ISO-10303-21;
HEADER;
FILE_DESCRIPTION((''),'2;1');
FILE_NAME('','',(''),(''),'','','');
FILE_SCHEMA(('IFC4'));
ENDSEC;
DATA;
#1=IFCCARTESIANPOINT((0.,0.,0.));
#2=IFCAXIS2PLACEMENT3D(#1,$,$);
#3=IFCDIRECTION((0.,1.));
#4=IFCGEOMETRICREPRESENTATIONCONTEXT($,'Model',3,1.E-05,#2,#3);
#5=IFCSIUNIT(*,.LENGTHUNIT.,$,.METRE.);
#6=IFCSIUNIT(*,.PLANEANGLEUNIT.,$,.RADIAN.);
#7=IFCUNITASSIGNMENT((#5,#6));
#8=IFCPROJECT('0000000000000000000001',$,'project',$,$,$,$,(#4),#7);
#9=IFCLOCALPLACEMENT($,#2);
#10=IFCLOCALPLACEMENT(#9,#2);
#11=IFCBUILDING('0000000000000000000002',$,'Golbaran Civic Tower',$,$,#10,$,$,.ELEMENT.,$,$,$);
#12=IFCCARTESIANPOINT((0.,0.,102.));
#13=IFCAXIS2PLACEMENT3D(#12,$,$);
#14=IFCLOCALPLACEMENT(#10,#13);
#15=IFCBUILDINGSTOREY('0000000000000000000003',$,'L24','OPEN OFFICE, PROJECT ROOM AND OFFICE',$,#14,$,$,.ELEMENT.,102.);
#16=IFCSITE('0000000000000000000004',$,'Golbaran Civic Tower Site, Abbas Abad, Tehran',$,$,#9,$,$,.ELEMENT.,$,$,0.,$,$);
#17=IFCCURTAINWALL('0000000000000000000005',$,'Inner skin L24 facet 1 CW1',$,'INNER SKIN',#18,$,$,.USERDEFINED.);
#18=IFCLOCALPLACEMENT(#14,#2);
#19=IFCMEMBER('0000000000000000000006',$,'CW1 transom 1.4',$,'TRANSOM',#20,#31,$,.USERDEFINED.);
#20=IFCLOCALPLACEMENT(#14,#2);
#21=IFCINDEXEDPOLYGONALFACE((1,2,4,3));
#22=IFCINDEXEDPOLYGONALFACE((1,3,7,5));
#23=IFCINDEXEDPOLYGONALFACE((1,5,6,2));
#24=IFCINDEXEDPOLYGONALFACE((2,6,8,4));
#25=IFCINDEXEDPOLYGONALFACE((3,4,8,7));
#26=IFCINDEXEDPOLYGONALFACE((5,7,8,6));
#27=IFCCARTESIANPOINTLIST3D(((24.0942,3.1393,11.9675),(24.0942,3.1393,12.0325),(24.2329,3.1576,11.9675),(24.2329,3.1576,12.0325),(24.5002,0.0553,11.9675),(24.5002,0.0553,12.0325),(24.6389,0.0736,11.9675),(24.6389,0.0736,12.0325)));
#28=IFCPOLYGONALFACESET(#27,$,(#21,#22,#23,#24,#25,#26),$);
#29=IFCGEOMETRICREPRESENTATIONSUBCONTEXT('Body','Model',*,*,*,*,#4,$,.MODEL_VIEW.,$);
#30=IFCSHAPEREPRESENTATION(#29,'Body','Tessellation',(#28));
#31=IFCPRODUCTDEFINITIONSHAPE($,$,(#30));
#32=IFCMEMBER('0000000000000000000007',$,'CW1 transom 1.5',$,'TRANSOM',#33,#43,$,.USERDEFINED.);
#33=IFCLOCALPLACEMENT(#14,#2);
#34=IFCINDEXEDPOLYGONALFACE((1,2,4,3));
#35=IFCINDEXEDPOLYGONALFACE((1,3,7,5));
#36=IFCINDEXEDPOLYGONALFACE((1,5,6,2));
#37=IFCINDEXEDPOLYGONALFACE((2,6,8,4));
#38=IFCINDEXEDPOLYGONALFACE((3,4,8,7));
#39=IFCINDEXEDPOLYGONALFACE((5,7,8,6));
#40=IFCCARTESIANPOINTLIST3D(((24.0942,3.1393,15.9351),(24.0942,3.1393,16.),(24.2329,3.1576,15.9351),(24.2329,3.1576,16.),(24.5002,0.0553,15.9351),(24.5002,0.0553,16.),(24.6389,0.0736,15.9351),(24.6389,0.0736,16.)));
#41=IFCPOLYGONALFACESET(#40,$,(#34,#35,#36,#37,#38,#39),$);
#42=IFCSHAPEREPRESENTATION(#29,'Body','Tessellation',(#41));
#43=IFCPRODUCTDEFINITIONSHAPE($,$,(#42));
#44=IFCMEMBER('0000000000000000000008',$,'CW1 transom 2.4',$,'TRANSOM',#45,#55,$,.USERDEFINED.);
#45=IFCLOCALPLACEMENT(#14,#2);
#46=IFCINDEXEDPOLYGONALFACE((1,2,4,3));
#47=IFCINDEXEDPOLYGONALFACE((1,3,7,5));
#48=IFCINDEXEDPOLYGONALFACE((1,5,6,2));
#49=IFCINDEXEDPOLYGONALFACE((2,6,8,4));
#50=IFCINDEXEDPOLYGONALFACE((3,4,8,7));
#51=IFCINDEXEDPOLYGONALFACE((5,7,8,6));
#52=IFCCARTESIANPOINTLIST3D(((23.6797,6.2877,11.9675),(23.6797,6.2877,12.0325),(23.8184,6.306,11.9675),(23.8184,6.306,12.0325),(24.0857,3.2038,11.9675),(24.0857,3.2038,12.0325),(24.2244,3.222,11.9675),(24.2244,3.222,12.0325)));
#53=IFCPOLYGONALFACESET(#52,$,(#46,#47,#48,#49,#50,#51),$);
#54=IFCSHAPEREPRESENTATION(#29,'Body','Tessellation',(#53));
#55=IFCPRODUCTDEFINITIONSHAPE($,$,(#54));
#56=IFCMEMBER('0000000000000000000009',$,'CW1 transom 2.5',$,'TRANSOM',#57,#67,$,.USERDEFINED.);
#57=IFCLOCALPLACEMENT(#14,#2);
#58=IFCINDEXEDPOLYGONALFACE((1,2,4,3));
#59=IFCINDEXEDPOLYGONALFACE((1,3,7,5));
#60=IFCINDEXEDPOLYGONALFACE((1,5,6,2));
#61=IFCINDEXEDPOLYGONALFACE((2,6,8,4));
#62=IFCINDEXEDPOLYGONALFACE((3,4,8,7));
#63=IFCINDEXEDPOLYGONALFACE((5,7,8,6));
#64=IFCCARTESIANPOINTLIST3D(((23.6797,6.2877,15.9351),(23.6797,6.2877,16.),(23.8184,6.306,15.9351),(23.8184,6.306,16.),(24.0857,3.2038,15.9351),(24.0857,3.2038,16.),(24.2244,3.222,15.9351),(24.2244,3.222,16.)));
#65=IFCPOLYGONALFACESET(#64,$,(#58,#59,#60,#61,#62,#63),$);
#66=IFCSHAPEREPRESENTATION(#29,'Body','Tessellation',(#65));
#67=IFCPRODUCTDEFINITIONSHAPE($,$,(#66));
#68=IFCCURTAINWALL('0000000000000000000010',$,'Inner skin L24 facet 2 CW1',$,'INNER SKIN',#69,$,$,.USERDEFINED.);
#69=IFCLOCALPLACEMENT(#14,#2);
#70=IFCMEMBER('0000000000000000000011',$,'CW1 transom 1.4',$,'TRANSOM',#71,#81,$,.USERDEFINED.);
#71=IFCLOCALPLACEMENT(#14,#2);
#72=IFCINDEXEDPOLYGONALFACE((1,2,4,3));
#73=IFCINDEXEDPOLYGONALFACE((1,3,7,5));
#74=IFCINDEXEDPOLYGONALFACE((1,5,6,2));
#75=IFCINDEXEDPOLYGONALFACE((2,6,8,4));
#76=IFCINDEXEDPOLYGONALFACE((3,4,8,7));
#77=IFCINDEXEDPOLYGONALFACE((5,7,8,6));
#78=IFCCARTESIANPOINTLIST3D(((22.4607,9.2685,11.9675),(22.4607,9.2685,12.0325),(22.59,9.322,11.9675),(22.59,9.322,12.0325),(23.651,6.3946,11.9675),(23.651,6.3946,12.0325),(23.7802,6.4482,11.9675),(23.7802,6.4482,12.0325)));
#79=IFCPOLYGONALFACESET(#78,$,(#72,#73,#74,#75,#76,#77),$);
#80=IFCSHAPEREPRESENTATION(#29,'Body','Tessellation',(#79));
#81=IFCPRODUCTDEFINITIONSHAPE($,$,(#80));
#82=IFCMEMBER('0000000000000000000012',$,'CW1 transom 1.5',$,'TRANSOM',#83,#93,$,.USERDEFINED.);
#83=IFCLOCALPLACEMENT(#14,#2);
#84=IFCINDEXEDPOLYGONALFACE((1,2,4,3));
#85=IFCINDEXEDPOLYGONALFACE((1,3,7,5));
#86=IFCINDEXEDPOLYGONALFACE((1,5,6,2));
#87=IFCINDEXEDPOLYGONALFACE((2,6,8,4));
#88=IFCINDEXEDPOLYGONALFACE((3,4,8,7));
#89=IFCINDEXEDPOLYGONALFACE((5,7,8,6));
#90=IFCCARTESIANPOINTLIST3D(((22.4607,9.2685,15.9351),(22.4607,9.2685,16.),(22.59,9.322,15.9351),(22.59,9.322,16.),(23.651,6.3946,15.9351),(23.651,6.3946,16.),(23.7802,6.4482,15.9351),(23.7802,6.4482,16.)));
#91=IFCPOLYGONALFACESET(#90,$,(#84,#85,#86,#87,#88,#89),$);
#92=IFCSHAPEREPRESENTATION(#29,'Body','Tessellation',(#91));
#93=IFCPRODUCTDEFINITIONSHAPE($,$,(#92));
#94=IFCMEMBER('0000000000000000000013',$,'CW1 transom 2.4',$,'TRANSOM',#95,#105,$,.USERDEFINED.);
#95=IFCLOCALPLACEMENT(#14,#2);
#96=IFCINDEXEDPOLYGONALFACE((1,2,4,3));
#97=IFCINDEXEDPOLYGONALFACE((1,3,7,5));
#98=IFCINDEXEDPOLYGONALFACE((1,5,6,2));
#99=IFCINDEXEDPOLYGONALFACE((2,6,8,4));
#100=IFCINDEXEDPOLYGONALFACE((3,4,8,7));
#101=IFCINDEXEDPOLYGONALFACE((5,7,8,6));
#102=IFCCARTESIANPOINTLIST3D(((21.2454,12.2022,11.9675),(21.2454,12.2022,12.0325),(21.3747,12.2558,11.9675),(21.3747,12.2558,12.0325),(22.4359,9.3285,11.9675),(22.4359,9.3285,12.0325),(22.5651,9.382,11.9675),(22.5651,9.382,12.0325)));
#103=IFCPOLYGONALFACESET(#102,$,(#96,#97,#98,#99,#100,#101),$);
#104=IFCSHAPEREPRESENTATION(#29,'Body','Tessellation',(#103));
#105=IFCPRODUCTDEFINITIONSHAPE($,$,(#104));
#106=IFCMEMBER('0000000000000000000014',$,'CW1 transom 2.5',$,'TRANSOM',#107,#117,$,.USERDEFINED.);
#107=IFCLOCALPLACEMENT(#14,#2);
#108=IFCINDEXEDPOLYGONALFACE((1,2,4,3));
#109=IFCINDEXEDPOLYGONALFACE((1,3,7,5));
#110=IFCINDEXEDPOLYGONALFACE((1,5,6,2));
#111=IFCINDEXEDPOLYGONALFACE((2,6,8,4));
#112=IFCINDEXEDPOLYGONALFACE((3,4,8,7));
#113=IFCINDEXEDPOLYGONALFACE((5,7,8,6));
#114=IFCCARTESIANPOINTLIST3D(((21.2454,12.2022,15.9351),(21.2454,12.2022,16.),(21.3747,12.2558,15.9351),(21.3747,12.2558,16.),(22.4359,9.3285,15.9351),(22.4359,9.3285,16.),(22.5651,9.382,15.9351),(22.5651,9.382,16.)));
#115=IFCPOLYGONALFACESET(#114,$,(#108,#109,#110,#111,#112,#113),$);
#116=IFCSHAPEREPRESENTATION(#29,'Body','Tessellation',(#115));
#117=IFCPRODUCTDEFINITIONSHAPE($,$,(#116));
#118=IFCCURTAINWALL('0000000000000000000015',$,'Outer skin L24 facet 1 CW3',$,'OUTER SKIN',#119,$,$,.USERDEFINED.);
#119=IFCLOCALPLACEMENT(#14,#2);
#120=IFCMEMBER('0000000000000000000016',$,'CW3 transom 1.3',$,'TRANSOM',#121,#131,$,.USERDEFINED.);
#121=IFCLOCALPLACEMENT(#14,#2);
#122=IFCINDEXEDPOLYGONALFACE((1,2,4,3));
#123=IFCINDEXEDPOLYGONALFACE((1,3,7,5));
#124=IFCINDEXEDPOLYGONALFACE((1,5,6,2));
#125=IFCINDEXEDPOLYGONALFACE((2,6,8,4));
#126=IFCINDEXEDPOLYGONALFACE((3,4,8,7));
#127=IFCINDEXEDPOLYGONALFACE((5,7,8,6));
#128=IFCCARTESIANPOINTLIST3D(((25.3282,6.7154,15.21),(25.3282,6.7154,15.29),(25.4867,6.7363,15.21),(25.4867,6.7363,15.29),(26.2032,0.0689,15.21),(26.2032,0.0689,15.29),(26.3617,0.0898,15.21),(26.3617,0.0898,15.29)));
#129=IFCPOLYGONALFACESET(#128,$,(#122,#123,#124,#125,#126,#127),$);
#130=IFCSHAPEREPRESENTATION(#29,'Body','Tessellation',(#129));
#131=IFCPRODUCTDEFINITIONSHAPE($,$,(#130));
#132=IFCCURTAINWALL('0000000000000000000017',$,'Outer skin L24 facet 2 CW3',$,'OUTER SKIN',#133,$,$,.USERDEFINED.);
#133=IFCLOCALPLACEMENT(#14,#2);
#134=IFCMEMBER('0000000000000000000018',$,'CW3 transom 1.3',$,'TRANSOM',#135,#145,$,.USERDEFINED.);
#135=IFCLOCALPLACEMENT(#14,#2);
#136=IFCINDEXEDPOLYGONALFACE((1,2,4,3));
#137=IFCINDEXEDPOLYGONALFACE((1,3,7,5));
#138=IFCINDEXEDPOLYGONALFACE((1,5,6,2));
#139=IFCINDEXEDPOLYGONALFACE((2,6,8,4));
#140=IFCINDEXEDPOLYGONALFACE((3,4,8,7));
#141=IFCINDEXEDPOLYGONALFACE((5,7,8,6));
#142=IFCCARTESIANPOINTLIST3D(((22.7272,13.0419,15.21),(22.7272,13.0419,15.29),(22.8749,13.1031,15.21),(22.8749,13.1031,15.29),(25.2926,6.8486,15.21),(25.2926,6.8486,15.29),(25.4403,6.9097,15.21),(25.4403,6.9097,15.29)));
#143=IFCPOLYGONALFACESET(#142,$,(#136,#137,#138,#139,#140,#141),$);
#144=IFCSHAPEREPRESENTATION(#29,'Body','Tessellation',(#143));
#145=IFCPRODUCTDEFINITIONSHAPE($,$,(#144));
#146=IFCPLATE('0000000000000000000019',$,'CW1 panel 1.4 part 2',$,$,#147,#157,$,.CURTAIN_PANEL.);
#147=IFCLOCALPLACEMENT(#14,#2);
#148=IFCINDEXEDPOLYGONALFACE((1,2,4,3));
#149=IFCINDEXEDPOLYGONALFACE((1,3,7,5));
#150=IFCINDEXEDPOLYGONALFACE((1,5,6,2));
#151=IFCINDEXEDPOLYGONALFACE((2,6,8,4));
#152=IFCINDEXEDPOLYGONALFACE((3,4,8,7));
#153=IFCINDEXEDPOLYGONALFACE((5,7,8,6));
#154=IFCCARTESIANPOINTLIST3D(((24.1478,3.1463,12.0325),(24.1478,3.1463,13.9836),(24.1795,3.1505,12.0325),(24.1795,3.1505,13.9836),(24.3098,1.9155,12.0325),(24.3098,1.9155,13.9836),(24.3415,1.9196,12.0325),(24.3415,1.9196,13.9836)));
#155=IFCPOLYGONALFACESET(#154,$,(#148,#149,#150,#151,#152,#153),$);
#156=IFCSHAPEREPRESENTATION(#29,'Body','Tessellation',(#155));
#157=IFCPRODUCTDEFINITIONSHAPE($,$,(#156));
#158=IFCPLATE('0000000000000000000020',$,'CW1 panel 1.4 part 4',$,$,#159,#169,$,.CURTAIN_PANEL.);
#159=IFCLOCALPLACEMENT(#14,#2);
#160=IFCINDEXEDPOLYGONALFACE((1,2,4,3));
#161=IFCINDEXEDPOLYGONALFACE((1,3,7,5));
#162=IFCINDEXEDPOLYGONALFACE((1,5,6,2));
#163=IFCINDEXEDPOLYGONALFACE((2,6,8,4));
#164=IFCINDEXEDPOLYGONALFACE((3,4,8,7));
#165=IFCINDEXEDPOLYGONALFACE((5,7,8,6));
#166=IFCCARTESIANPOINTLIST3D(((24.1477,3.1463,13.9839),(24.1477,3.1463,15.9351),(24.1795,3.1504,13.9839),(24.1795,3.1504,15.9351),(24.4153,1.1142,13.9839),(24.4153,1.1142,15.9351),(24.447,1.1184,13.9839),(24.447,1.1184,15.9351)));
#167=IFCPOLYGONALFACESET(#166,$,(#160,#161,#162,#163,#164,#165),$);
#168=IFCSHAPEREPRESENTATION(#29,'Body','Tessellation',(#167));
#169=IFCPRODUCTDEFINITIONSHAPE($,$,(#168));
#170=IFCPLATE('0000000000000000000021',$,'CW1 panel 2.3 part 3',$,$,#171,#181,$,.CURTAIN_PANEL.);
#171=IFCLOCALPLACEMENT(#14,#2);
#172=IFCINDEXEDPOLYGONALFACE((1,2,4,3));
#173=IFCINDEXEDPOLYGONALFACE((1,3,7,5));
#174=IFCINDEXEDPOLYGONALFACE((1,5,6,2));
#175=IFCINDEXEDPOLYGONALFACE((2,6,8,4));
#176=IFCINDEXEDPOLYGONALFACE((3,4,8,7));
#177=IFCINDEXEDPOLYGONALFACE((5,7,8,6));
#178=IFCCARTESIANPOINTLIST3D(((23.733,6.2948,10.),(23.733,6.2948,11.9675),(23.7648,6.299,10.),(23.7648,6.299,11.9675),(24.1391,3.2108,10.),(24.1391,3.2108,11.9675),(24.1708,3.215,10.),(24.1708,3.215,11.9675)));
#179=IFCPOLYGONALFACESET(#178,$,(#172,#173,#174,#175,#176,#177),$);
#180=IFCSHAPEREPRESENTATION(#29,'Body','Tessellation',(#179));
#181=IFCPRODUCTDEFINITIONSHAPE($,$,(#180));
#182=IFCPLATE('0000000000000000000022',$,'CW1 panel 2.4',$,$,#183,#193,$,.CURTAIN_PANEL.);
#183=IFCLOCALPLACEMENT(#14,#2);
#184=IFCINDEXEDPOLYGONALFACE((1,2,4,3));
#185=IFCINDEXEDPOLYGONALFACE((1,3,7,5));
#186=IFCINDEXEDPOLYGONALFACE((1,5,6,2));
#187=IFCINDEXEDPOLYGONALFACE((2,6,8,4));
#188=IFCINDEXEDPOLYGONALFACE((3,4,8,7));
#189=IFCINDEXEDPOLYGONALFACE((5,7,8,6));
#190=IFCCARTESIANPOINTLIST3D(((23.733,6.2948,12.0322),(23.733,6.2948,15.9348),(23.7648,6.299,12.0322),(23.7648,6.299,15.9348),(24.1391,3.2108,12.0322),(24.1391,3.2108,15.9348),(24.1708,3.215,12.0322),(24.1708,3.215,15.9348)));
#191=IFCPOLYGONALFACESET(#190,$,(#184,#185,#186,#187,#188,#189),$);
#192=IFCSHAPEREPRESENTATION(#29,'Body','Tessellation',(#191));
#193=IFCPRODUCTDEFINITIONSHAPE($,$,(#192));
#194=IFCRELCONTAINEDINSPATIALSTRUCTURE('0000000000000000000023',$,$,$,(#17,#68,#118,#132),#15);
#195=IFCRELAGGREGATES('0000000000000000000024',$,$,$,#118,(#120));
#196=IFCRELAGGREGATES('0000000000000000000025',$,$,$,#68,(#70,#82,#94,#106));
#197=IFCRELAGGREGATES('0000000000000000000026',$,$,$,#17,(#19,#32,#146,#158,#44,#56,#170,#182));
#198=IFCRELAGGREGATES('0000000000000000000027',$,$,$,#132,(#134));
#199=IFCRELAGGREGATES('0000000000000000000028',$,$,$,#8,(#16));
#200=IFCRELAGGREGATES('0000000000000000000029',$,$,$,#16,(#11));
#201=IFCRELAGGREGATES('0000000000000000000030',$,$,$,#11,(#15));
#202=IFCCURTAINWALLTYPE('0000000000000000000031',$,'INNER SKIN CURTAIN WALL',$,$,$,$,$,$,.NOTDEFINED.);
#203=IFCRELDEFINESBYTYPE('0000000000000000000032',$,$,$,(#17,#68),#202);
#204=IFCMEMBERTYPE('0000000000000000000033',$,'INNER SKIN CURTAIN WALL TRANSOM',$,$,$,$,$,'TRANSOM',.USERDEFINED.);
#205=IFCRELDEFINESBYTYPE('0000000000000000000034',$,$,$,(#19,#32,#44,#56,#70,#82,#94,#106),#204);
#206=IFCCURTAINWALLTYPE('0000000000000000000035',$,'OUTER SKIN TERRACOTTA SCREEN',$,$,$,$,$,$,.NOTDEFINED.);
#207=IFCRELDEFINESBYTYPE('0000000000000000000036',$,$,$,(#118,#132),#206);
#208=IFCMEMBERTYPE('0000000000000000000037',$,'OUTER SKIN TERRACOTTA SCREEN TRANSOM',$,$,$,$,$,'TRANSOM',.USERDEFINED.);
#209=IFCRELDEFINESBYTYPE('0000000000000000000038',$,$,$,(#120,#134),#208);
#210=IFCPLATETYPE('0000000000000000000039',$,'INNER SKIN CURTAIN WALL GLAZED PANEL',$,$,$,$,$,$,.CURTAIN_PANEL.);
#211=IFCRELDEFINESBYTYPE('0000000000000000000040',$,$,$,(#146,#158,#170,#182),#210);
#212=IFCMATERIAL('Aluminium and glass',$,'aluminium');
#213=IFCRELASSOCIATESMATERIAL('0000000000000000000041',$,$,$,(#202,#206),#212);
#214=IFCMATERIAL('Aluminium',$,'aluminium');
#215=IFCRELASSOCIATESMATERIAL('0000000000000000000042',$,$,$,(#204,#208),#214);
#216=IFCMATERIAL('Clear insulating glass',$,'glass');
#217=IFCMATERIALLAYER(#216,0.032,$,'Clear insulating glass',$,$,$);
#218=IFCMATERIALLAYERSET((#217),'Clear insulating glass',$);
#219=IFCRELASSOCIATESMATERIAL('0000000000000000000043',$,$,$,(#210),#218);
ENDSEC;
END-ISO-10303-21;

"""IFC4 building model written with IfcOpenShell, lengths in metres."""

from ifc_helpers import new_model, si_unit, direction, frame, origin, origin_2d, place, context, subcontext, project, spatial, rectangle, extrude, material, layer, layer_set, material_profile, profile_set, type_object, element, aggregate, save


model = new_model("IFC4")

# Units and contexts
model_context = context("Model", 3, precision=1e-05, world=origin(), true_north=direction((0.0, 1.0)))
body_context = subcontext(model_context, "Body", "Model", "MODEL_VIEW")
ifc_project = project(units=[si_unit("LENGTHUNIT", "METRE"), si_unit("PLANEANGLEUNIT", "RADIAN")], contexts=[model_context])

# Site, building, storey
site_placement = place(None, origin())
site = spatial("IfcSite", under=ifc_project, at=site_placement, Name="Golbaran Civic Tower Site, Abbas Abad, Tehran", CompositionType="ELEMENT", RefElevation=0.0)
building_placement = place(site_placement, origin())
building = spatial("IfcBuilding", under=site, at=building_placement, Name="Golbaran Civic Tower", CompositionType="ELEMENT")
storey_placement = place(building_placement, frame((0.0, 0.0, 102.0)))
storey = spatial("IfcBuildingStorey", under=building, at=storey_placement, Name="L24", Description="OPEN OFFICE, PROJECT ROOM AND OFFICE", CompositionType="ELEMENT", Elevation=102.0)

# Curtain walls, members
ifc_material_1 = material(Name="Aluminium and glass", Category="aluminium")
curtain_wall_type_1 = type_object("IfcCurtainWallType", Name="INNER SKIN CURTAIN WALL", PredefinedType="NOTDEFINED", material=ifc_material_1)
curtain_wall_1_placement = place(storey_placement, origin())
curtain_wall_1 = element("IfcCurtainWall", 1, at=curtain_wall_1_placement, inside=storey, type_object=curtain_wall_type_1, Name="Inner skin L24 facet 1 CW1", ObjectType="INNER SKIN", PredefinedType="USERDEFINED")
ifc_material_2 = material(Name="Aluminium", Category="aluminium")
ifc_material_profile_1 = material_profile(ifc_material_2, rectangle(XDim=0.1399, YDim=0.0649, at=origin_2d()), Name="INNER SKIN CURTAIN WALL TRANSOM")
ifc_profile_set_1 = profile_set([ifc_material_profile_1], Name="Aluminium")
member_type_1 = type_object("IfcMemberType", Name="INNER SKIN CURTAIN WALL TRANSOM", ElementType="TRANSOM", PredefinedType="USERDEFINED", material=ifc_profile_set_1)
member_1_placement = place(storey_placement, frame((24.5696, 0.0645, 12.0), z_axis=(-0.130524, 0.991445, 0.0), x_axis=(-0.991445, -0.130524, 0.0)))
member_1 = element("IfcMember", 2, at=member_1_placement, type_object=member_type_1, Name="CW1 transom 1.4", ObjectType="TRANSOM", PredefinedType="USERDEFINED", context=body_context, shape_type="SweptSolid", body=[
    extrude(rectangle(XDim=0.1399, YDim=0.0649, at=origin_2d()), origin(), (0.0, 0.0, 1.0), 3.1106),
])
member_2_placement = place(storey_placement, frame((24.5696, 0.0645, 15.9675), z_axis=(-0.130524, 0.991445, 0.0), x_axis=(-0.991445, -0.130524, 0.0)))
member_2 = element("IfcMember", 3, at=member_2_placement, type_object=member_type_1, Name="CW1 transom 1.5", ObjectType="TRANSOM", PredefinedType="USERDEFINED", context=body_context, shape_type="SweptSolid", body=[
    extrude(rectangle(XDim=0.1399, YDim=0.0649, at=origin_2d()), origin(), (0.0, 0.0, 1.0), 3.1106),
])
member_3_placement = place(storey_placement, frame((24.155, 3.2129, 12.0), z_axis=(-0.130524, 0.991445, 0.0), x_axis=(-0.991445, -0.130524, 0.0)))
member_3 = element("IfcMember", 4, at=member_3_placement, type_object=member_type_1, Name="CW1 transom 2.4", ObjectType="TRANSOM", PredefinedType="USERDEFINED", context=body_context, shape_type="SweptSolid", body=[
    extrude(rectangle(XDim=0.1399, YDim=0.0649, at=origin_2d()), origin(), (0.0, 0.0, 1.0), 3.1106),
])
member_4_placement = place(storey_placement, frame((24.155, 3.2129, 15.9675), z_axis=(-0.130524, 0.991445, 0.0), x_axis=(-0.991445, -0.130524, 0.0)))
member_4 = element("IfcMember", 5, at=member_4_placement, type_object=member_type_1, Name="CW1 transom 2.5", ObjectType="TRANSOM", PredefinedType="USERDEFINED", context=body_context, shape_type="SweptSolid", body=[
    extrude(rectangle(XDim=0.1399, YDim=0.0649, at=origin_2d()), origin(), (0.0, 0.0, 1.0), 3.1106),
])
curtain_wall_2_placement = place(storey_placement, origin())
curtain_wall_2 = element("IfcCurtainWall", 6, at=curtain_wall_2_placement, inside=storey, type_object=curtain_wall_type_1, Name="Inner skin L24 facet 2 CW1", ObjectType="INNER SKIN", PredefinedType="USERDEFINED")
member_5_placement = place(storey_placement, frame((23.7156, 6.4214, 12.0), z_axis=(-0.382636, 0.923899, 0.0), x_axis=(-0.923899, -0.382636, 0.0)))
member_5 = element("IfcMember", 7, at=member_5_placement, type_object=member_type_1, Name="CW1 transom 1.4", ObjectType="TRANSOM", PredefinedType="USERDEFINED", context=body_context, shape_type="SweptSolid", body=[
    extrude(rectangle(XDim=0.1399, YDim=0.0649, at=origin_2d()), origin(), (0.0, 0.0, 1.0), 3.1106),
])
member_6_placement = place(storey_placement, frame((23.7156, 6.4214, 15.9675), z_axis=(-0.382636, 0.923899, 0.0), x_axis=(-0.923899, -0.382636, 0.0)))
member_6 = element("IfcMember", 8, at=member_6_placement, type_object=member_type_1, Name="CW1 transom 1.5", ObjectType="TRANSOM", PredefinedType="USERDEFINED", context=body_context, shape_type="SweptSolid", body=[
    extrude(rectangle(XDim=0.1399, YDim=0.0649, at=origin_2d()), origin(), (0.0, 0.0, 1.0), 3.1106),
])
member_7_placement = place(storey_placement, frame((22.5005, 9.3552, 12.0), z_axis=(-0.382703, 0.923871, 0.0), x_axis=(-0.923871, -0.382703, 0.0)))
member_7 = element("IfcMember", 9, at=member_7_placement, type_object=member_type_1, Name="CW1 transom 2.4", ObjectType="TRANSOM", PredefinedType="USERDEFINED", context=body_context, shape_type="SweptSolid", body=[
    extrude(rectangle(XDim=0.1399, YDim=0.0649, at=origin_2d()), origin(), (0.0, 0.0, 1.0), 3.1106),
])
member_8_placement = place(storey_placement, frame((22.5005, 9.3552, 15.9675), z_axis=(-0.382703, 0.923871, 0.0), x_axis=(-0.923871, -0.382703, 0.0)))
member_8 = element("IfcMember", 10, at=member_8_placement, type_object=member_type_1, Name="CW1 transom 2.5", ObjectType="TRANSOM", PredefinedType="USERDEFINED", context=body_context, shape_type="SweptSolid", body=[
    extrude(rectangle(XDim=0.1399, YDim=0.0649, at=origin_2d()), origin(), (0.0, 0.0, 1.0), 3.1106),
])

# Curtain walls, members
curtain_wall_type_2 = type_object("IfcCurtainWallType", Name="OUTER SKIN TERRACOTTA SCREEN", PredefinedType="NOTDEFINED", material=ifc_material_1)
curtain_wall_3_placement = place(storey_placement, origin())
curtain_wall_3 = element("IfcCurtainWall", 11, at=curtain_wall_3_placement, inside=storey, type_object=curtain_wall_type_2, Name="Outer skin L24 facet 1 CW3", ObjectType="OUTER SKIN", PredefinedType="USERDEFINED")
ifc_material_profile_2 = material_profile(ifc_material_2, rectangle(XDim=0.1599, YDim=0.0801, at=origin_2d()), Name="OUTER SKIN TERRACOTTA SCREEN TRANSOM")
ifc_profile_set_2 = profile_set([ifc_material_profile_2], Name="Aluminium")
member_type_2 = type_object("IfcMemberType", Name="OUTER SKIN TERRACOTTA SCREEN TRANSOM", ElementType="TRANSOM", PredefinedType="USERDEFINED", material=ifc_profile_set_2)
member_9_placement = place(storey_placement, frame((26.2825, 0.0793, 15.25), z_axis=(-0.130522, 0.991445, 0.0), x_axis=(-0.991445, -0.130522, 0.0)))
member_9 = element("IfcMember", 12, at=member_9_placement, type_object=member_type_2, Name="CW3 transom 1.3", ObjectType="TRANSOM", PredefinedType="USERDEFINED", context=body_context, shape_type="SweptSolid", body=[
    extrude(rectangle(XDim=0.1599, YDim=0.0801, at=origin_2d()), origin(), (0.0, 0.0, 1.0), 6.7039),
])
aggregate(curtain_wall_3, [member_9])
curtain_wall_4_placement = place(storey_placement, origin())
curtain_wall_4 = element("IfcCurtainWall", 13, at=curtain_wall_4_placement, inside=storey, type_object=curtain_wall_type_2, Name="Outer skin L24 facet 2 CW3", ObjectType="OUTER SKIN", PredefinedType="USERDEFINED")
member_10_placement = place(storey_placement, frame((25.3665, 6.8792, 15.25), z_axis=(-0.382691, 0.923877, 0.0), x_axis=(-0.923877, -0.382691, 0.0)))
member_10 = element("IfcMember", 14, at=member_10_placement, type_object=member_type_2, Name="CW3 transom 1.3", ObjectType="TRANSOM", PredefinedType="USERDEFINED", context=body_context, shape_type="SweptSolid", body=[
    extrude(rectangle(XDim=0.1599, YDim=0.0801, at=origin_2d()), origin(), (0.0, 0.0, 1.0), 6.7036),
])

# Plates
ifc_material_3 = material(Name="Clear insulating glass", Category="glass")
ifc_layer_1 = layer(ifc_material_3, 0.032, Name="Clear insulating glass")
ifc_layer_set_1 = layer_set([ifc_layer_1], Name="Clear insulating glass")
plate_type_1 = type_object("IfcPlateType", Name="INNER SKIN CURTAIN WALL GLAZED PANEL", PredefinedType="CURTAIN_PANEL", material=ifc_layer_set_1)
plate_1_placement = place(storey_placement, frame((24.2446, 2.533, 12.0325), z_axis=(0.0, 0.0, 1.0), x_axis=(-0.130526, 0.991445, 0.0)))
plate_1 = element("IfcPlate", 15, at=plate_1_placement, type_object=plate_type_1, Name="CW1 panel 1.4 part 2", PredefinedType="CURTAIN_PANEL", context=body_context, shape_type="SweptSolid", body=[
    extrude(rectangle(XDim=1.2415, YDim=0.032, at=origin_2d()), origin(), (0.0, 0.0, 1.0), 1.9512),
])
plate_2_placement = place(storey_placement, frame((24.2974, 2.1323, 13.9839), z_axis=(0.0, 0.0, 1.0), x_axis=(-0.130526, 0.991445, 0.0)))
plate_2 = element("IfcPlate", 16, at=plate_2_placement, type_object=plate_type_1, Name="CW1 panel 1.4 part 4", PredefinedType="CURTAIN_PANEL", context=body_context, shape_type="SweptSolid", body=[
    extrude(rectangle(XDim=2.0496, YDim=0.032, at=origin_2d()), origin(), (0.0, 0.0, 1.0), 1.9512),
])
plate_3_placement = place(storey_placement, frame((23.9519, 4.7549, 10.0), z_axis=(0.0, 0.0, 1.0), x_axis=(-0.130526, 0.991445, 0.0)))
plate_3 = element("IfcPlate", 17, at=plate_3_placement, type_object=plate_type_1, Name="CW1 panel 2.3 part 3", PredefinedType="CURTAIN_PANEL", context=body_context, shape_type="SweptSolid", body=[
    extrude(rectangle(XDim=3.1106, YDim=0.032, at=origin_2d()), origin(), (0.0, 0.0, 1.0), 1.9675),
])
plate_4_placement = place(storey_placement, frame((23.9519, 4.7549, 12.0322), z_axis=(0.0, 0.0, 1.0), x_axis=(-0.130526, 0.991445, 0.0)))
plate_4 = element("IfcPlate", 18, at=plate_4_placement, type_object=plate_type_1, Name="CW1 panel 2.4", PredefinedType="CURTAIN_PANEL", context=body_context, shape_type="SweptSolid", body=[
    extrude(rectangle(XDim=3.1106, YDim=0.032, at=origin_2d()), origin(), (0.0, 0.0, 1.0), 3.9026),
])
aggregate(curtain_wall_2, [member_5, member_6, member_7, member_8])
aggregate(curtain_wall_1, [member_1, member_2, plate_1, plate_2, member_3, member_4, plate_3, plate_4])
aggregate(curtain_wall_4, [member_10])

save(model, "model.ifc")
